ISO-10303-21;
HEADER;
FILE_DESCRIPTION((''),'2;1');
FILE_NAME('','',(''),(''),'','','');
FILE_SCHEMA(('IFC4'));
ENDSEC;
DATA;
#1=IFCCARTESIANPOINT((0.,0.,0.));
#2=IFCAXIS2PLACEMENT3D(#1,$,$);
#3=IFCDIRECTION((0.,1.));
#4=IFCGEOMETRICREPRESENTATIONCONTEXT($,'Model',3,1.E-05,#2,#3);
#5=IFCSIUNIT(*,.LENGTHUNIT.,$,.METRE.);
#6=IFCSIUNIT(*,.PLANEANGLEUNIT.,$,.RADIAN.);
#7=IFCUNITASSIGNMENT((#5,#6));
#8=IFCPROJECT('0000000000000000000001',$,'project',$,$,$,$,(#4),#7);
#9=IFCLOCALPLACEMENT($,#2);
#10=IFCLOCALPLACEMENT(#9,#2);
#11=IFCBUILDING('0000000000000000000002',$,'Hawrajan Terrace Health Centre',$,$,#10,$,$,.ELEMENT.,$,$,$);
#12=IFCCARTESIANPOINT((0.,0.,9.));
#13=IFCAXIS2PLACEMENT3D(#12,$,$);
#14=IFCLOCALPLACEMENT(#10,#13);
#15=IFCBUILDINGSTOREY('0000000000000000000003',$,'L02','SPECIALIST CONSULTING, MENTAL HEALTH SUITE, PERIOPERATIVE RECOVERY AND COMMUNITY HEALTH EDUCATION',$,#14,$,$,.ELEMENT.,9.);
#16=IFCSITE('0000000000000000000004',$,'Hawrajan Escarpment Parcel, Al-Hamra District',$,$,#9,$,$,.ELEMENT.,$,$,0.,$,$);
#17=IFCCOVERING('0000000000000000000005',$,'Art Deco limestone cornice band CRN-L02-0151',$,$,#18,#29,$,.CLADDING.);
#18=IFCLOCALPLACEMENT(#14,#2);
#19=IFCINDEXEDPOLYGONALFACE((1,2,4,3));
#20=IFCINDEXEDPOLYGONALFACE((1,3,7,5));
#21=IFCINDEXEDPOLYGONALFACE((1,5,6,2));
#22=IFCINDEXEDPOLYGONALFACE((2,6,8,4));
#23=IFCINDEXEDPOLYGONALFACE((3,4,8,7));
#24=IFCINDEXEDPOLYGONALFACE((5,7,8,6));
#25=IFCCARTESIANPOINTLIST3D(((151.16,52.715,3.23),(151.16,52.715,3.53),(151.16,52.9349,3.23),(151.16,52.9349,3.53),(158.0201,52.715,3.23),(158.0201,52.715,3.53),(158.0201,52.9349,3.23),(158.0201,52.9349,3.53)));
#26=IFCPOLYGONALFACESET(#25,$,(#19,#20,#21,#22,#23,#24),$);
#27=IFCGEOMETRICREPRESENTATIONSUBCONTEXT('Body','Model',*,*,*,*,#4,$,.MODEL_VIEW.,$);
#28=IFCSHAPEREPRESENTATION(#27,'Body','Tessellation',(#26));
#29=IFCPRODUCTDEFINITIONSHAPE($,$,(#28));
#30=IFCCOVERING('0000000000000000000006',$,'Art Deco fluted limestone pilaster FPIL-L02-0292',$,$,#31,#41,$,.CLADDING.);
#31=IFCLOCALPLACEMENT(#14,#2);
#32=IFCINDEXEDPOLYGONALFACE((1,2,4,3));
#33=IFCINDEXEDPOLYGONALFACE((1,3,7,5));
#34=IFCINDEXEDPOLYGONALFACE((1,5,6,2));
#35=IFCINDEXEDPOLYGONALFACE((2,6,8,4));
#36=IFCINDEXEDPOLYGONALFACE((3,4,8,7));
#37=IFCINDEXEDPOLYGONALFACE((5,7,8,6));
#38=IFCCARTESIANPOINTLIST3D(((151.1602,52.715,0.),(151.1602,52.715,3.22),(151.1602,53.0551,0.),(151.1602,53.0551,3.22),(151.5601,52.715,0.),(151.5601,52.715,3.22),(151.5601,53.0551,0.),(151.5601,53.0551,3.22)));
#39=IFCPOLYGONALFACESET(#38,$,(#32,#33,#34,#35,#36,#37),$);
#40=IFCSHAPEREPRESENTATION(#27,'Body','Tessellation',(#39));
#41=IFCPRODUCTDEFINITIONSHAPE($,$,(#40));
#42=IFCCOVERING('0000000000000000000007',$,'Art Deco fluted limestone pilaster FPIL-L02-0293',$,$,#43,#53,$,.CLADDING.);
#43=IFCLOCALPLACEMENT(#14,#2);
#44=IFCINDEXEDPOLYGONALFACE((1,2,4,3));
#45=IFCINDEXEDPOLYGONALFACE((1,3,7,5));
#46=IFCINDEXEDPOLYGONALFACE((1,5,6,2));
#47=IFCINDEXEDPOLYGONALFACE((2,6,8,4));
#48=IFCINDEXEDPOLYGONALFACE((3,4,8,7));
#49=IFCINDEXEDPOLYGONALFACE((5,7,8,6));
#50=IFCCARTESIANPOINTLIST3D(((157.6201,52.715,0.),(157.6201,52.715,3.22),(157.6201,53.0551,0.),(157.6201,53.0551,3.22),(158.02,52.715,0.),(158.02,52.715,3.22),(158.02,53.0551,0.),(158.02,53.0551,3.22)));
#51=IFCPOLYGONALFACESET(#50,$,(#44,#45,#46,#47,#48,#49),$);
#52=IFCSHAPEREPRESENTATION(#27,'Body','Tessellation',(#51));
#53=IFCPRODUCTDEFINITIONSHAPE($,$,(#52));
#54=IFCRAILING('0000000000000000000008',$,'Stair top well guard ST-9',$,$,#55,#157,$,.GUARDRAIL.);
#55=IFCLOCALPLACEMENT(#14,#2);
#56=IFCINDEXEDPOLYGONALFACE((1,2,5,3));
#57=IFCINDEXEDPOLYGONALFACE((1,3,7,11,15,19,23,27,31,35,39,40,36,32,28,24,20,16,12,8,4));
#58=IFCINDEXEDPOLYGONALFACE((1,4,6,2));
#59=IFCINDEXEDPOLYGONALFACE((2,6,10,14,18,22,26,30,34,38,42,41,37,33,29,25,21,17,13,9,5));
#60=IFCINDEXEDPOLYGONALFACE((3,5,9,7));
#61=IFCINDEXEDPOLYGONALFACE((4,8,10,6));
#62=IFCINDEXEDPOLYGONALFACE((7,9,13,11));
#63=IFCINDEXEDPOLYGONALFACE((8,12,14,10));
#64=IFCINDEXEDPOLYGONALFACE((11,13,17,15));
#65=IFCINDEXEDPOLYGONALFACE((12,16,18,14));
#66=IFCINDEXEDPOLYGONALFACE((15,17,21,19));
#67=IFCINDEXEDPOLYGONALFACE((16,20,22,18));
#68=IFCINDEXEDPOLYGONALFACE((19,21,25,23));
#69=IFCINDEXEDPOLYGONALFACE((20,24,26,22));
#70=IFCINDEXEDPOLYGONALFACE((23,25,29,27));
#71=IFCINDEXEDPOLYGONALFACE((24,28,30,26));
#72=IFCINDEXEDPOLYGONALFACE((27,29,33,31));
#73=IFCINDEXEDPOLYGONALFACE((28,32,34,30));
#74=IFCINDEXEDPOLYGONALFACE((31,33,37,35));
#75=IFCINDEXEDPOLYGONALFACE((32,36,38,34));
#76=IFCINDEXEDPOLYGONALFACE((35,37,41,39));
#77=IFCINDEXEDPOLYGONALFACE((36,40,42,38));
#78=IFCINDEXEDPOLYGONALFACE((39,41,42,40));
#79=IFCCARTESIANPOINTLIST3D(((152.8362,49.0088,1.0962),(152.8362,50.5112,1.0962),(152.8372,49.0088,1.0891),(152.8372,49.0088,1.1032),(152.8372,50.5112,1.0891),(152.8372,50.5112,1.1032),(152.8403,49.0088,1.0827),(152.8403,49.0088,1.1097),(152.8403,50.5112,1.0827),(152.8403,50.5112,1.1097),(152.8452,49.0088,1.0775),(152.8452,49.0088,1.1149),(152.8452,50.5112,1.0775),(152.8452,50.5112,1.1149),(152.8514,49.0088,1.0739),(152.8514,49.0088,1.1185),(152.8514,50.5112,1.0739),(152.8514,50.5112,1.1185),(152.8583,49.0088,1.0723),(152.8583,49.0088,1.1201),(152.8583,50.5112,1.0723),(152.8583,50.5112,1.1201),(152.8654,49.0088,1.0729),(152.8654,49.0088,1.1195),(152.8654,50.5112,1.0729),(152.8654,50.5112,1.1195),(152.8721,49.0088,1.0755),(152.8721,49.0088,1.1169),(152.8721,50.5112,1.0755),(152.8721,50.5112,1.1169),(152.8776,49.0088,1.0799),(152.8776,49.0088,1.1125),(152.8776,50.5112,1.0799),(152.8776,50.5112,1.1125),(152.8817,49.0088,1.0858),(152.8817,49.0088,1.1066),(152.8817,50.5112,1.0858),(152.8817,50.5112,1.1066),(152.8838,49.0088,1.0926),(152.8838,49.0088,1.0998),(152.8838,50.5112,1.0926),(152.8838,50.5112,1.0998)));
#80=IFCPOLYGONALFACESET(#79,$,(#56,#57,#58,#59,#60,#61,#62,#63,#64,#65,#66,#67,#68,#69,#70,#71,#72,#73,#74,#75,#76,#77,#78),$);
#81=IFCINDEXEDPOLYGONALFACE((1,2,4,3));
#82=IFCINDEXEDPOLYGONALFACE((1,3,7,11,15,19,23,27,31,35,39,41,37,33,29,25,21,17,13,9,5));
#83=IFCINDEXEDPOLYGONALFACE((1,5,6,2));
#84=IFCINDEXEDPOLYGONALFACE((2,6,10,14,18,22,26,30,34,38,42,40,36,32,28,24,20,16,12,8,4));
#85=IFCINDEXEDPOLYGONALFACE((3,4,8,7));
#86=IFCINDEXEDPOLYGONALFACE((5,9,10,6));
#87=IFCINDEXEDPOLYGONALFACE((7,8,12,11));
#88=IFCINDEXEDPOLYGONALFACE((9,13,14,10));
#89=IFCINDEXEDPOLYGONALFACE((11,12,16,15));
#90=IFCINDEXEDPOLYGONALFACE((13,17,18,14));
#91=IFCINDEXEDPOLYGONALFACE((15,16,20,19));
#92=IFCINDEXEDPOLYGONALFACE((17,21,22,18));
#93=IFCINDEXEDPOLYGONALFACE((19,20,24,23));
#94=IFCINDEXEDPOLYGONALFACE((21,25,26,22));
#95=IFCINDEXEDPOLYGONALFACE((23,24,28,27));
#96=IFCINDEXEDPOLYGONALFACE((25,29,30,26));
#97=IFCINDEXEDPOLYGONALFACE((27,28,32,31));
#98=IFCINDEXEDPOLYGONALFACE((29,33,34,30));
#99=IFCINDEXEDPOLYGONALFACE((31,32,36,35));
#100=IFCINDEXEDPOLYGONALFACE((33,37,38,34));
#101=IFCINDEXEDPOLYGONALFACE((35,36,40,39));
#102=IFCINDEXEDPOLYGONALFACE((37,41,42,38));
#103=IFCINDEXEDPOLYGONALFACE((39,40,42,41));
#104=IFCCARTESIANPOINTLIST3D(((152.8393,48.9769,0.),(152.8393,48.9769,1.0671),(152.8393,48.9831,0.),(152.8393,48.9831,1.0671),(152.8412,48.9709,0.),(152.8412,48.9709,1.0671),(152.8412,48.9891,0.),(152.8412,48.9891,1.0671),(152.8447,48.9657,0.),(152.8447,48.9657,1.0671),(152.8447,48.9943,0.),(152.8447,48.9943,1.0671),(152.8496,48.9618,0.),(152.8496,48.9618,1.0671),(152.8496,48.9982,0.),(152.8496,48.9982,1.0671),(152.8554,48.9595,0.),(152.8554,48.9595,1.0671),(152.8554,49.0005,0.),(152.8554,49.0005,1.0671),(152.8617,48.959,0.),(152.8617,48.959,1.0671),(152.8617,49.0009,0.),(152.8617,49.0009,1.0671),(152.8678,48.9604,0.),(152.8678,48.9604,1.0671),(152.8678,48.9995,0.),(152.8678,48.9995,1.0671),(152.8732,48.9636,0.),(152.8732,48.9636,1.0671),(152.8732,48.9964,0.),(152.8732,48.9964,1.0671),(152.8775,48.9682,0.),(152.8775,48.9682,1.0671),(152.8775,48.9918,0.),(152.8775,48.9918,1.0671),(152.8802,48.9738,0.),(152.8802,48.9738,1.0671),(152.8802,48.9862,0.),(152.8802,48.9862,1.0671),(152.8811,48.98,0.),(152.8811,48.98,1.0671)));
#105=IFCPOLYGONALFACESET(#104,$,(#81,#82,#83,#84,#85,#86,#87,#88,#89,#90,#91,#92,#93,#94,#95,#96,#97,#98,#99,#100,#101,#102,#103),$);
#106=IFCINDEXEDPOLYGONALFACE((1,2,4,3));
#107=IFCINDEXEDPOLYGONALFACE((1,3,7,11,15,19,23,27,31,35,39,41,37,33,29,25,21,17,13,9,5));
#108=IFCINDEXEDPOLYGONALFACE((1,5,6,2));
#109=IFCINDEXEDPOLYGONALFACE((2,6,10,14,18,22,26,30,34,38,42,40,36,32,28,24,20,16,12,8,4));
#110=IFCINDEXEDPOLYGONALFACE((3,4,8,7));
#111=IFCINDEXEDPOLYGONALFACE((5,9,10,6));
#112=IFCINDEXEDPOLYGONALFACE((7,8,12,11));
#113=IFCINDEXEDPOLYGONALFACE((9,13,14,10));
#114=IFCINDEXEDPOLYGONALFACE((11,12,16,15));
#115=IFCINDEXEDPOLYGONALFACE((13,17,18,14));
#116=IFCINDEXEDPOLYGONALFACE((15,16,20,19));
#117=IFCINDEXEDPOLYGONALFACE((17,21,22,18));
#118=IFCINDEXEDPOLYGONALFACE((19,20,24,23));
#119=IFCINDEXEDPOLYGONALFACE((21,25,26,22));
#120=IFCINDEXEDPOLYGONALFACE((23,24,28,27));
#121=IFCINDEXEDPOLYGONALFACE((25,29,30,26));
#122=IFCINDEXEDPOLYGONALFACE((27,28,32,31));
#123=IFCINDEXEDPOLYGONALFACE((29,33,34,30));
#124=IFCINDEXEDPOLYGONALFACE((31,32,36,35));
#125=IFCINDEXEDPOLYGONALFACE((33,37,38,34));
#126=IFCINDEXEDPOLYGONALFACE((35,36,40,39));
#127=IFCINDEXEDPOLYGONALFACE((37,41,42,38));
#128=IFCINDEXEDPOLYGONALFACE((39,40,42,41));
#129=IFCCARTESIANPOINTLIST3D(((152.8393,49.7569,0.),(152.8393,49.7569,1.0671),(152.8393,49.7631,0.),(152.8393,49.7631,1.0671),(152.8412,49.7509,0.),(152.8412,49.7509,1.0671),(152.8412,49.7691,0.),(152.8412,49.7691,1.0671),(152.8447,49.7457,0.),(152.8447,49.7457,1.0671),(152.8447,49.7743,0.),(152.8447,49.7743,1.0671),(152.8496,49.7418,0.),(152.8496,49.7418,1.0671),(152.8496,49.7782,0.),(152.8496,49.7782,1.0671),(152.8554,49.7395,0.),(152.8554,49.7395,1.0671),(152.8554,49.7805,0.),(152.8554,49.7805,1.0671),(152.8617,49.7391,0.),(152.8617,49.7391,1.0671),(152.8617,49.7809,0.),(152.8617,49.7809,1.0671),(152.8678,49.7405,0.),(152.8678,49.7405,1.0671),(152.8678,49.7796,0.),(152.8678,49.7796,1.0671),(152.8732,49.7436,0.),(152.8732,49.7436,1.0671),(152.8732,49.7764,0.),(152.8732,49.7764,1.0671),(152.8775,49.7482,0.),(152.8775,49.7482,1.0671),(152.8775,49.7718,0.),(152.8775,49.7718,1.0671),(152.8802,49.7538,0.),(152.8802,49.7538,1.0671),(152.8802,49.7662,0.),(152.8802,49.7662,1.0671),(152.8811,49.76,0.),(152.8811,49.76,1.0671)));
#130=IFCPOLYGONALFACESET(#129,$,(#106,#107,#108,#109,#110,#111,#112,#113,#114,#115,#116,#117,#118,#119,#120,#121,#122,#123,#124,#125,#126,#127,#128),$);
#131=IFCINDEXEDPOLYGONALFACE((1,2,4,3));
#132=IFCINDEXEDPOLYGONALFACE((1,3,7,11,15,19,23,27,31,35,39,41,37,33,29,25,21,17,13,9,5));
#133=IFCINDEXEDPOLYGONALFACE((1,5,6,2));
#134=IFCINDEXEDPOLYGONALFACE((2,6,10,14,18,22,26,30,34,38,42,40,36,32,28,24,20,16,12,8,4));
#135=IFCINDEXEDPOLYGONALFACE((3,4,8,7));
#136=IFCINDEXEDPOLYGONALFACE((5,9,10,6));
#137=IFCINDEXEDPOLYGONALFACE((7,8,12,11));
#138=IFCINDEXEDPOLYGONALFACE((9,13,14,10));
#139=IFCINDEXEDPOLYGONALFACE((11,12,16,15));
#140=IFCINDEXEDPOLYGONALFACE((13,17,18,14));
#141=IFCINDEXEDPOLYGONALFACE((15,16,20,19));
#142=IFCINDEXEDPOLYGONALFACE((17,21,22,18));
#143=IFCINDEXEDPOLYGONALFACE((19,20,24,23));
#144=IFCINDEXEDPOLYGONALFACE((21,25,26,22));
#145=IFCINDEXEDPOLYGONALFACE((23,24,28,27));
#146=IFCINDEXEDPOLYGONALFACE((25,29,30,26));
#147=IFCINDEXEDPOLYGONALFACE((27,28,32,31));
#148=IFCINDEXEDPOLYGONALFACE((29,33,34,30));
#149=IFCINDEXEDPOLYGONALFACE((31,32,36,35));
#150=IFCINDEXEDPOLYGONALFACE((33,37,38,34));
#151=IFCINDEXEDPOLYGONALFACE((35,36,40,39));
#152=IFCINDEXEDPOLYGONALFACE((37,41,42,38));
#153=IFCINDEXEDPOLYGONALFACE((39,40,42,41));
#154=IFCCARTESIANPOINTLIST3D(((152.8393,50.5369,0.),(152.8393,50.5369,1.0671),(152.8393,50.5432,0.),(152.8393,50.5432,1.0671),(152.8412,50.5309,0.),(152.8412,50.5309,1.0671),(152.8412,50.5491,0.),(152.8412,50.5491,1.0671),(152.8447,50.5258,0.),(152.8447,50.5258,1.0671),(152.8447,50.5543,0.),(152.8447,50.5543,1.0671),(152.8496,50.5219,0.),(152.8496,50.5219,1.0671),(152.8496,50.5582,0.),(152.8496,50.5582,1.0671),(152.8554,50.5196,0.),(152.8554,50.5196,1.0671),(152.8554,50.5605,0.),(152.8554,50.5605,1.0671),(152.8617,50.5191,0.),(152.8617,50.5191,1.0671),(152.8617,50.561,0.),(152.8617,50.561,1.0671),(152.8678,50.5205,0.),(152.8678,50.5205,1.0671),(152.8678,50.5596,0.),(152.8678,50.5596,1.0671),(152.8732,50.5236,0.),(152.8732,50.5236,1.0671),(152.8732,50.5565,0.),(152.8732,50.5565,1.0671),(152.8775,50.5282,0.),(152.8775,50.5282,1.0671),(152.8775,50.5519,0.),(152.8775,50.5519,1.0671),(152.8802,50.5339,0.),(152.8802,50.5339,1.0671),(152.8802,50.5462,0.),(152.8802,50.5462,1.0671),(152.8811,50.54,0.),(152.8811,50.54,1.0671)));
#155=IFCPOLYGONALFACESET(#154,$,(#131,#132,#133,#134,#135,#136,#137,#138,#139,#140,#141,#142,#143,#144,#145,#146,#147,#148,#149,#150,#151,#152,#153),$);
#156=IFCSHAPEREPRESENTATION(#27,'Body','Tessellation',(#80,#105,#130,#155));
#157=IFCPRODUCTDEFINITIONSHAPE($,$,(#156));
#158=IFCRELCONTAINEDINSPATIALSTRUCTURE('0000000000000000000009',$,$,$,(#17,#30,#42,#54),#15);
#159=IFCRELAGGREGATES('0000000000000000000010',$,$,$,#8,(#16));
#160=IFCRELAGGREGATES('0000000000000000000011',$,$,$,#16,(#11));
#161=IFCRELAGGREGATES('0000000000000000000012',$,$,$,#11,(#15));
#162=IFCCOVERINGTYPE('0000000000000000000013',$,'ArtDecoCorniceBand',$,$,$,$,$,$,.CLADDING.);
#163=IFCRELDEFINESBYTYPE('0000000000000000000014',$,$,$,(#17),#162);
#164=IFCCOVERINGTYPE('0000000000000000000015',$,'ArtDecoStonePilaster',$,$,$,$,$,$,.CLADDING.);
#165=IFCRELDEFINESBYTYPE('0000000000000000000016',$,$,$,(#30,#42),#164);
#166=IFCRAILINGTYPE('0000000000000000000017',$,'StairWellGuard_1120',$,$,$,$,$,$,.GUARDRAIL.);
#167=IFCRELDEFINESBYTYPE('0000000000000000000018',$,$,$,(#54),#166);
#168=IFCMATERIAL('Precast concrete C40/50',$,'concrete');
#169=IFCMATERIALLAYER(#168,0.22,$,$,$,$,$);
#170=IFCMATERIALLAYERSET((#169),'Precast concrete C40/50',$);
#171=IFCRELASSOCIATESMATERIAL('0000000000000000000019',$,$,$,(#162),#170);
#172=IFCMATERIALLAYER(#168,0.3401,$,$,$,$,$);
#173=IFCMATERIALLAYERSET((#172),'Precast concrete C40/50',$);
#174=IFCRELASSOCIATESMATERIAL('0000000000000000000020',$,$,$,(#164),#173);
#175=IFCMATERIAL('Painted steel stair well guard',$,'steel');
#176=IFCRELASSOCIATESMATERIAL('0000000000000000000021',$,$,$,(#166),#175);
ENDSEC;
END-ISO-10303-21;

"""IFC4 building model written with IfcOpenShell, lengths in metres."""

from ifc_helpers import new_model, si_unit, direction, frame, origin, origin_2d, place, context, subcontext, project, spatial, rectangle, circle, extrude, material, layer, layer_set, type_object, element, save


model = new_model("IFC4")

# Units and contexts
model_context = context("Model", 3, precision=1e-05, world=origin(), true_north=direction((0.0, 1.0)))
body_context = subcontext(model_context, "Body", "Model", "MODEL_VIEW")
ifc_project = project(units=[si_unit("LENGTHUNIT", "METRE"), si_unit("PLANEANGLEUNIT", "RADIAN")], contexts=[model_context])

# Site, building, storey
site_placement = place(None, origin())
site = spatial("IfcSite", under=ifc_project, at=site_placement, Name="Hawrajan Escarpment Parcel, Al-Hamra District", CompositionType="ELEMENT", RefElevation=0.0)
building_placement = place(site_placement, origin())
building = spatial("IfcBuilding", under=site, at=building_placement, Name="Hawrajan Terrace Health Centre", CompositionType="ELEMENT")
storey_placement = place(building_placement, frame((0.0, 0.0, 9.0)))
storey = spatial("IfcBuildingStorey", under=building, at=storey_placement, Name="L02", Description="SPECIALIST CONSULTING, MENTAL HEALTH SUITE, PERIOPERATIVE RECOVERY AND COMMUNITY HEALTH EDUCATION", CompositionType="ELEMENT", Elevation=9.0)

# Coverings
ifc_material_1 = material(Name="Precast concrete C40/50", Category="concrete")
ifc_layer_1 = layer(ifc_material_1, 0.22)
ifc_layer_set_1 = layer_set([ifc_layer_1], Name="Precast concrete C40/50")
covering_type_1 = type_object("IfcCoveringType", Name="ArtDecoCorniceBand", PredefinedType="CLADDING", material=ifc_layer_set_1)
covering_placement = place(storey_placement, frame((154.5901, 52.825, 3.23), z_axis=(0.0, 0.0, 1.0), x_axis=(1.0, 0.0, 0.0)))
element("IfcCovering", 1, at=covering_placement, inside=storey, type_object=covering_type_1, Name="Art Deco limestone cornice band CRN-L02-0151", PredefinedType="CLADDING", context=body_context, shape_type="SweptSolid", body=[
    extrude(rectangle(XDim=6.8601, YDim=0.22, at=origin_2d()), origin(), (0.0, 0.0, 1.0), 0.3),
])
ifc_layer_2 = layer(ifc_material_1, 0.3401)
ifc_layer_set_2 = layer_set([ifc_layer_2], Name="Precast concrete C40/50")
covering_type_2 = type_object("IfcCoveringType", Name="ArtDecoStonePilaster", PredefinedType="CLADDING", material=ifc_layer_set_2)
for number, where, z_axis, x_axis, name in (
    (2, (151.3601, 52.885, 0.0), (0.0, 0.0, 1.0), (1.0, 0.0, 0.0), "Art Deco fluted limestone pilaster FPIL-L02-0292"),
    (3, (157.8201, 52.885, 0.0), (0.0, 0.0, 1.0), (1.0, 0.0, 0.0), "Art Deco fluted limestone pilaster FPIL-L02-0293"),
):
    element("IfcCovering", number, at=place(storey_placement, frame(where, z_axis=z_axis, x_axis=x_axis)), inside=storey, type_object=covering_type_2, Name=name, PredefinedType="CLADDING", context=body_context, shape_type="SweptSolid", body=[
        extrude(rectangle(XDim=0.3999, YDim=0.3401, at=origin_2d()), origin(), (0.0, 0.0, 1.0), 3.22),
    ])

# Railing
ifc_material_2 = material(Name="Painted steel stair well guard", Category="steel")
railing_type = type_object("IfcRailingType", Name="StairWellGuard_1120", PredefinedType="GUARDRAIL", material=ifc_material_2)
railing_placement = place(storey_placement, frame((152.8601, 48.98, 0.0)))
element("IfcRailing", 4, at=railing_placement, inside=storey, type_object=railing_type, Name="Stair top well guard ST-9", PredefinedType="GUARDRAIL", context=body_context, shape_type="SweptSolid", body=[
    extrude(circle(Radius=0.0239, at=origin_2d()), frame((0.0, 0.0288, 1.0962), z_axis=(0.0, 1.0, 0.0), x_axis=(-1.0, 0.0, 0.0)), (0.0, 0.0, 1.0), 1.5024),
    extrude(circle(Radius=0.021, at=origin_2d()), origin(), (0.0, 0.0, 1.0), 1.0671),
    extrude(circle(Radius=0.021, at=origin_2d()), frame((0.0, 0.78, 0.0)), (0.0, 0.0, 1.0), 1.0671),
    extrude(circle(Radius=0.021, at=origin_2d()), frame((0.0, 1.5601, 0.0)), (0.0, 0.0, 1.0), 1.0671),
])

save(model, "model.ifc")
